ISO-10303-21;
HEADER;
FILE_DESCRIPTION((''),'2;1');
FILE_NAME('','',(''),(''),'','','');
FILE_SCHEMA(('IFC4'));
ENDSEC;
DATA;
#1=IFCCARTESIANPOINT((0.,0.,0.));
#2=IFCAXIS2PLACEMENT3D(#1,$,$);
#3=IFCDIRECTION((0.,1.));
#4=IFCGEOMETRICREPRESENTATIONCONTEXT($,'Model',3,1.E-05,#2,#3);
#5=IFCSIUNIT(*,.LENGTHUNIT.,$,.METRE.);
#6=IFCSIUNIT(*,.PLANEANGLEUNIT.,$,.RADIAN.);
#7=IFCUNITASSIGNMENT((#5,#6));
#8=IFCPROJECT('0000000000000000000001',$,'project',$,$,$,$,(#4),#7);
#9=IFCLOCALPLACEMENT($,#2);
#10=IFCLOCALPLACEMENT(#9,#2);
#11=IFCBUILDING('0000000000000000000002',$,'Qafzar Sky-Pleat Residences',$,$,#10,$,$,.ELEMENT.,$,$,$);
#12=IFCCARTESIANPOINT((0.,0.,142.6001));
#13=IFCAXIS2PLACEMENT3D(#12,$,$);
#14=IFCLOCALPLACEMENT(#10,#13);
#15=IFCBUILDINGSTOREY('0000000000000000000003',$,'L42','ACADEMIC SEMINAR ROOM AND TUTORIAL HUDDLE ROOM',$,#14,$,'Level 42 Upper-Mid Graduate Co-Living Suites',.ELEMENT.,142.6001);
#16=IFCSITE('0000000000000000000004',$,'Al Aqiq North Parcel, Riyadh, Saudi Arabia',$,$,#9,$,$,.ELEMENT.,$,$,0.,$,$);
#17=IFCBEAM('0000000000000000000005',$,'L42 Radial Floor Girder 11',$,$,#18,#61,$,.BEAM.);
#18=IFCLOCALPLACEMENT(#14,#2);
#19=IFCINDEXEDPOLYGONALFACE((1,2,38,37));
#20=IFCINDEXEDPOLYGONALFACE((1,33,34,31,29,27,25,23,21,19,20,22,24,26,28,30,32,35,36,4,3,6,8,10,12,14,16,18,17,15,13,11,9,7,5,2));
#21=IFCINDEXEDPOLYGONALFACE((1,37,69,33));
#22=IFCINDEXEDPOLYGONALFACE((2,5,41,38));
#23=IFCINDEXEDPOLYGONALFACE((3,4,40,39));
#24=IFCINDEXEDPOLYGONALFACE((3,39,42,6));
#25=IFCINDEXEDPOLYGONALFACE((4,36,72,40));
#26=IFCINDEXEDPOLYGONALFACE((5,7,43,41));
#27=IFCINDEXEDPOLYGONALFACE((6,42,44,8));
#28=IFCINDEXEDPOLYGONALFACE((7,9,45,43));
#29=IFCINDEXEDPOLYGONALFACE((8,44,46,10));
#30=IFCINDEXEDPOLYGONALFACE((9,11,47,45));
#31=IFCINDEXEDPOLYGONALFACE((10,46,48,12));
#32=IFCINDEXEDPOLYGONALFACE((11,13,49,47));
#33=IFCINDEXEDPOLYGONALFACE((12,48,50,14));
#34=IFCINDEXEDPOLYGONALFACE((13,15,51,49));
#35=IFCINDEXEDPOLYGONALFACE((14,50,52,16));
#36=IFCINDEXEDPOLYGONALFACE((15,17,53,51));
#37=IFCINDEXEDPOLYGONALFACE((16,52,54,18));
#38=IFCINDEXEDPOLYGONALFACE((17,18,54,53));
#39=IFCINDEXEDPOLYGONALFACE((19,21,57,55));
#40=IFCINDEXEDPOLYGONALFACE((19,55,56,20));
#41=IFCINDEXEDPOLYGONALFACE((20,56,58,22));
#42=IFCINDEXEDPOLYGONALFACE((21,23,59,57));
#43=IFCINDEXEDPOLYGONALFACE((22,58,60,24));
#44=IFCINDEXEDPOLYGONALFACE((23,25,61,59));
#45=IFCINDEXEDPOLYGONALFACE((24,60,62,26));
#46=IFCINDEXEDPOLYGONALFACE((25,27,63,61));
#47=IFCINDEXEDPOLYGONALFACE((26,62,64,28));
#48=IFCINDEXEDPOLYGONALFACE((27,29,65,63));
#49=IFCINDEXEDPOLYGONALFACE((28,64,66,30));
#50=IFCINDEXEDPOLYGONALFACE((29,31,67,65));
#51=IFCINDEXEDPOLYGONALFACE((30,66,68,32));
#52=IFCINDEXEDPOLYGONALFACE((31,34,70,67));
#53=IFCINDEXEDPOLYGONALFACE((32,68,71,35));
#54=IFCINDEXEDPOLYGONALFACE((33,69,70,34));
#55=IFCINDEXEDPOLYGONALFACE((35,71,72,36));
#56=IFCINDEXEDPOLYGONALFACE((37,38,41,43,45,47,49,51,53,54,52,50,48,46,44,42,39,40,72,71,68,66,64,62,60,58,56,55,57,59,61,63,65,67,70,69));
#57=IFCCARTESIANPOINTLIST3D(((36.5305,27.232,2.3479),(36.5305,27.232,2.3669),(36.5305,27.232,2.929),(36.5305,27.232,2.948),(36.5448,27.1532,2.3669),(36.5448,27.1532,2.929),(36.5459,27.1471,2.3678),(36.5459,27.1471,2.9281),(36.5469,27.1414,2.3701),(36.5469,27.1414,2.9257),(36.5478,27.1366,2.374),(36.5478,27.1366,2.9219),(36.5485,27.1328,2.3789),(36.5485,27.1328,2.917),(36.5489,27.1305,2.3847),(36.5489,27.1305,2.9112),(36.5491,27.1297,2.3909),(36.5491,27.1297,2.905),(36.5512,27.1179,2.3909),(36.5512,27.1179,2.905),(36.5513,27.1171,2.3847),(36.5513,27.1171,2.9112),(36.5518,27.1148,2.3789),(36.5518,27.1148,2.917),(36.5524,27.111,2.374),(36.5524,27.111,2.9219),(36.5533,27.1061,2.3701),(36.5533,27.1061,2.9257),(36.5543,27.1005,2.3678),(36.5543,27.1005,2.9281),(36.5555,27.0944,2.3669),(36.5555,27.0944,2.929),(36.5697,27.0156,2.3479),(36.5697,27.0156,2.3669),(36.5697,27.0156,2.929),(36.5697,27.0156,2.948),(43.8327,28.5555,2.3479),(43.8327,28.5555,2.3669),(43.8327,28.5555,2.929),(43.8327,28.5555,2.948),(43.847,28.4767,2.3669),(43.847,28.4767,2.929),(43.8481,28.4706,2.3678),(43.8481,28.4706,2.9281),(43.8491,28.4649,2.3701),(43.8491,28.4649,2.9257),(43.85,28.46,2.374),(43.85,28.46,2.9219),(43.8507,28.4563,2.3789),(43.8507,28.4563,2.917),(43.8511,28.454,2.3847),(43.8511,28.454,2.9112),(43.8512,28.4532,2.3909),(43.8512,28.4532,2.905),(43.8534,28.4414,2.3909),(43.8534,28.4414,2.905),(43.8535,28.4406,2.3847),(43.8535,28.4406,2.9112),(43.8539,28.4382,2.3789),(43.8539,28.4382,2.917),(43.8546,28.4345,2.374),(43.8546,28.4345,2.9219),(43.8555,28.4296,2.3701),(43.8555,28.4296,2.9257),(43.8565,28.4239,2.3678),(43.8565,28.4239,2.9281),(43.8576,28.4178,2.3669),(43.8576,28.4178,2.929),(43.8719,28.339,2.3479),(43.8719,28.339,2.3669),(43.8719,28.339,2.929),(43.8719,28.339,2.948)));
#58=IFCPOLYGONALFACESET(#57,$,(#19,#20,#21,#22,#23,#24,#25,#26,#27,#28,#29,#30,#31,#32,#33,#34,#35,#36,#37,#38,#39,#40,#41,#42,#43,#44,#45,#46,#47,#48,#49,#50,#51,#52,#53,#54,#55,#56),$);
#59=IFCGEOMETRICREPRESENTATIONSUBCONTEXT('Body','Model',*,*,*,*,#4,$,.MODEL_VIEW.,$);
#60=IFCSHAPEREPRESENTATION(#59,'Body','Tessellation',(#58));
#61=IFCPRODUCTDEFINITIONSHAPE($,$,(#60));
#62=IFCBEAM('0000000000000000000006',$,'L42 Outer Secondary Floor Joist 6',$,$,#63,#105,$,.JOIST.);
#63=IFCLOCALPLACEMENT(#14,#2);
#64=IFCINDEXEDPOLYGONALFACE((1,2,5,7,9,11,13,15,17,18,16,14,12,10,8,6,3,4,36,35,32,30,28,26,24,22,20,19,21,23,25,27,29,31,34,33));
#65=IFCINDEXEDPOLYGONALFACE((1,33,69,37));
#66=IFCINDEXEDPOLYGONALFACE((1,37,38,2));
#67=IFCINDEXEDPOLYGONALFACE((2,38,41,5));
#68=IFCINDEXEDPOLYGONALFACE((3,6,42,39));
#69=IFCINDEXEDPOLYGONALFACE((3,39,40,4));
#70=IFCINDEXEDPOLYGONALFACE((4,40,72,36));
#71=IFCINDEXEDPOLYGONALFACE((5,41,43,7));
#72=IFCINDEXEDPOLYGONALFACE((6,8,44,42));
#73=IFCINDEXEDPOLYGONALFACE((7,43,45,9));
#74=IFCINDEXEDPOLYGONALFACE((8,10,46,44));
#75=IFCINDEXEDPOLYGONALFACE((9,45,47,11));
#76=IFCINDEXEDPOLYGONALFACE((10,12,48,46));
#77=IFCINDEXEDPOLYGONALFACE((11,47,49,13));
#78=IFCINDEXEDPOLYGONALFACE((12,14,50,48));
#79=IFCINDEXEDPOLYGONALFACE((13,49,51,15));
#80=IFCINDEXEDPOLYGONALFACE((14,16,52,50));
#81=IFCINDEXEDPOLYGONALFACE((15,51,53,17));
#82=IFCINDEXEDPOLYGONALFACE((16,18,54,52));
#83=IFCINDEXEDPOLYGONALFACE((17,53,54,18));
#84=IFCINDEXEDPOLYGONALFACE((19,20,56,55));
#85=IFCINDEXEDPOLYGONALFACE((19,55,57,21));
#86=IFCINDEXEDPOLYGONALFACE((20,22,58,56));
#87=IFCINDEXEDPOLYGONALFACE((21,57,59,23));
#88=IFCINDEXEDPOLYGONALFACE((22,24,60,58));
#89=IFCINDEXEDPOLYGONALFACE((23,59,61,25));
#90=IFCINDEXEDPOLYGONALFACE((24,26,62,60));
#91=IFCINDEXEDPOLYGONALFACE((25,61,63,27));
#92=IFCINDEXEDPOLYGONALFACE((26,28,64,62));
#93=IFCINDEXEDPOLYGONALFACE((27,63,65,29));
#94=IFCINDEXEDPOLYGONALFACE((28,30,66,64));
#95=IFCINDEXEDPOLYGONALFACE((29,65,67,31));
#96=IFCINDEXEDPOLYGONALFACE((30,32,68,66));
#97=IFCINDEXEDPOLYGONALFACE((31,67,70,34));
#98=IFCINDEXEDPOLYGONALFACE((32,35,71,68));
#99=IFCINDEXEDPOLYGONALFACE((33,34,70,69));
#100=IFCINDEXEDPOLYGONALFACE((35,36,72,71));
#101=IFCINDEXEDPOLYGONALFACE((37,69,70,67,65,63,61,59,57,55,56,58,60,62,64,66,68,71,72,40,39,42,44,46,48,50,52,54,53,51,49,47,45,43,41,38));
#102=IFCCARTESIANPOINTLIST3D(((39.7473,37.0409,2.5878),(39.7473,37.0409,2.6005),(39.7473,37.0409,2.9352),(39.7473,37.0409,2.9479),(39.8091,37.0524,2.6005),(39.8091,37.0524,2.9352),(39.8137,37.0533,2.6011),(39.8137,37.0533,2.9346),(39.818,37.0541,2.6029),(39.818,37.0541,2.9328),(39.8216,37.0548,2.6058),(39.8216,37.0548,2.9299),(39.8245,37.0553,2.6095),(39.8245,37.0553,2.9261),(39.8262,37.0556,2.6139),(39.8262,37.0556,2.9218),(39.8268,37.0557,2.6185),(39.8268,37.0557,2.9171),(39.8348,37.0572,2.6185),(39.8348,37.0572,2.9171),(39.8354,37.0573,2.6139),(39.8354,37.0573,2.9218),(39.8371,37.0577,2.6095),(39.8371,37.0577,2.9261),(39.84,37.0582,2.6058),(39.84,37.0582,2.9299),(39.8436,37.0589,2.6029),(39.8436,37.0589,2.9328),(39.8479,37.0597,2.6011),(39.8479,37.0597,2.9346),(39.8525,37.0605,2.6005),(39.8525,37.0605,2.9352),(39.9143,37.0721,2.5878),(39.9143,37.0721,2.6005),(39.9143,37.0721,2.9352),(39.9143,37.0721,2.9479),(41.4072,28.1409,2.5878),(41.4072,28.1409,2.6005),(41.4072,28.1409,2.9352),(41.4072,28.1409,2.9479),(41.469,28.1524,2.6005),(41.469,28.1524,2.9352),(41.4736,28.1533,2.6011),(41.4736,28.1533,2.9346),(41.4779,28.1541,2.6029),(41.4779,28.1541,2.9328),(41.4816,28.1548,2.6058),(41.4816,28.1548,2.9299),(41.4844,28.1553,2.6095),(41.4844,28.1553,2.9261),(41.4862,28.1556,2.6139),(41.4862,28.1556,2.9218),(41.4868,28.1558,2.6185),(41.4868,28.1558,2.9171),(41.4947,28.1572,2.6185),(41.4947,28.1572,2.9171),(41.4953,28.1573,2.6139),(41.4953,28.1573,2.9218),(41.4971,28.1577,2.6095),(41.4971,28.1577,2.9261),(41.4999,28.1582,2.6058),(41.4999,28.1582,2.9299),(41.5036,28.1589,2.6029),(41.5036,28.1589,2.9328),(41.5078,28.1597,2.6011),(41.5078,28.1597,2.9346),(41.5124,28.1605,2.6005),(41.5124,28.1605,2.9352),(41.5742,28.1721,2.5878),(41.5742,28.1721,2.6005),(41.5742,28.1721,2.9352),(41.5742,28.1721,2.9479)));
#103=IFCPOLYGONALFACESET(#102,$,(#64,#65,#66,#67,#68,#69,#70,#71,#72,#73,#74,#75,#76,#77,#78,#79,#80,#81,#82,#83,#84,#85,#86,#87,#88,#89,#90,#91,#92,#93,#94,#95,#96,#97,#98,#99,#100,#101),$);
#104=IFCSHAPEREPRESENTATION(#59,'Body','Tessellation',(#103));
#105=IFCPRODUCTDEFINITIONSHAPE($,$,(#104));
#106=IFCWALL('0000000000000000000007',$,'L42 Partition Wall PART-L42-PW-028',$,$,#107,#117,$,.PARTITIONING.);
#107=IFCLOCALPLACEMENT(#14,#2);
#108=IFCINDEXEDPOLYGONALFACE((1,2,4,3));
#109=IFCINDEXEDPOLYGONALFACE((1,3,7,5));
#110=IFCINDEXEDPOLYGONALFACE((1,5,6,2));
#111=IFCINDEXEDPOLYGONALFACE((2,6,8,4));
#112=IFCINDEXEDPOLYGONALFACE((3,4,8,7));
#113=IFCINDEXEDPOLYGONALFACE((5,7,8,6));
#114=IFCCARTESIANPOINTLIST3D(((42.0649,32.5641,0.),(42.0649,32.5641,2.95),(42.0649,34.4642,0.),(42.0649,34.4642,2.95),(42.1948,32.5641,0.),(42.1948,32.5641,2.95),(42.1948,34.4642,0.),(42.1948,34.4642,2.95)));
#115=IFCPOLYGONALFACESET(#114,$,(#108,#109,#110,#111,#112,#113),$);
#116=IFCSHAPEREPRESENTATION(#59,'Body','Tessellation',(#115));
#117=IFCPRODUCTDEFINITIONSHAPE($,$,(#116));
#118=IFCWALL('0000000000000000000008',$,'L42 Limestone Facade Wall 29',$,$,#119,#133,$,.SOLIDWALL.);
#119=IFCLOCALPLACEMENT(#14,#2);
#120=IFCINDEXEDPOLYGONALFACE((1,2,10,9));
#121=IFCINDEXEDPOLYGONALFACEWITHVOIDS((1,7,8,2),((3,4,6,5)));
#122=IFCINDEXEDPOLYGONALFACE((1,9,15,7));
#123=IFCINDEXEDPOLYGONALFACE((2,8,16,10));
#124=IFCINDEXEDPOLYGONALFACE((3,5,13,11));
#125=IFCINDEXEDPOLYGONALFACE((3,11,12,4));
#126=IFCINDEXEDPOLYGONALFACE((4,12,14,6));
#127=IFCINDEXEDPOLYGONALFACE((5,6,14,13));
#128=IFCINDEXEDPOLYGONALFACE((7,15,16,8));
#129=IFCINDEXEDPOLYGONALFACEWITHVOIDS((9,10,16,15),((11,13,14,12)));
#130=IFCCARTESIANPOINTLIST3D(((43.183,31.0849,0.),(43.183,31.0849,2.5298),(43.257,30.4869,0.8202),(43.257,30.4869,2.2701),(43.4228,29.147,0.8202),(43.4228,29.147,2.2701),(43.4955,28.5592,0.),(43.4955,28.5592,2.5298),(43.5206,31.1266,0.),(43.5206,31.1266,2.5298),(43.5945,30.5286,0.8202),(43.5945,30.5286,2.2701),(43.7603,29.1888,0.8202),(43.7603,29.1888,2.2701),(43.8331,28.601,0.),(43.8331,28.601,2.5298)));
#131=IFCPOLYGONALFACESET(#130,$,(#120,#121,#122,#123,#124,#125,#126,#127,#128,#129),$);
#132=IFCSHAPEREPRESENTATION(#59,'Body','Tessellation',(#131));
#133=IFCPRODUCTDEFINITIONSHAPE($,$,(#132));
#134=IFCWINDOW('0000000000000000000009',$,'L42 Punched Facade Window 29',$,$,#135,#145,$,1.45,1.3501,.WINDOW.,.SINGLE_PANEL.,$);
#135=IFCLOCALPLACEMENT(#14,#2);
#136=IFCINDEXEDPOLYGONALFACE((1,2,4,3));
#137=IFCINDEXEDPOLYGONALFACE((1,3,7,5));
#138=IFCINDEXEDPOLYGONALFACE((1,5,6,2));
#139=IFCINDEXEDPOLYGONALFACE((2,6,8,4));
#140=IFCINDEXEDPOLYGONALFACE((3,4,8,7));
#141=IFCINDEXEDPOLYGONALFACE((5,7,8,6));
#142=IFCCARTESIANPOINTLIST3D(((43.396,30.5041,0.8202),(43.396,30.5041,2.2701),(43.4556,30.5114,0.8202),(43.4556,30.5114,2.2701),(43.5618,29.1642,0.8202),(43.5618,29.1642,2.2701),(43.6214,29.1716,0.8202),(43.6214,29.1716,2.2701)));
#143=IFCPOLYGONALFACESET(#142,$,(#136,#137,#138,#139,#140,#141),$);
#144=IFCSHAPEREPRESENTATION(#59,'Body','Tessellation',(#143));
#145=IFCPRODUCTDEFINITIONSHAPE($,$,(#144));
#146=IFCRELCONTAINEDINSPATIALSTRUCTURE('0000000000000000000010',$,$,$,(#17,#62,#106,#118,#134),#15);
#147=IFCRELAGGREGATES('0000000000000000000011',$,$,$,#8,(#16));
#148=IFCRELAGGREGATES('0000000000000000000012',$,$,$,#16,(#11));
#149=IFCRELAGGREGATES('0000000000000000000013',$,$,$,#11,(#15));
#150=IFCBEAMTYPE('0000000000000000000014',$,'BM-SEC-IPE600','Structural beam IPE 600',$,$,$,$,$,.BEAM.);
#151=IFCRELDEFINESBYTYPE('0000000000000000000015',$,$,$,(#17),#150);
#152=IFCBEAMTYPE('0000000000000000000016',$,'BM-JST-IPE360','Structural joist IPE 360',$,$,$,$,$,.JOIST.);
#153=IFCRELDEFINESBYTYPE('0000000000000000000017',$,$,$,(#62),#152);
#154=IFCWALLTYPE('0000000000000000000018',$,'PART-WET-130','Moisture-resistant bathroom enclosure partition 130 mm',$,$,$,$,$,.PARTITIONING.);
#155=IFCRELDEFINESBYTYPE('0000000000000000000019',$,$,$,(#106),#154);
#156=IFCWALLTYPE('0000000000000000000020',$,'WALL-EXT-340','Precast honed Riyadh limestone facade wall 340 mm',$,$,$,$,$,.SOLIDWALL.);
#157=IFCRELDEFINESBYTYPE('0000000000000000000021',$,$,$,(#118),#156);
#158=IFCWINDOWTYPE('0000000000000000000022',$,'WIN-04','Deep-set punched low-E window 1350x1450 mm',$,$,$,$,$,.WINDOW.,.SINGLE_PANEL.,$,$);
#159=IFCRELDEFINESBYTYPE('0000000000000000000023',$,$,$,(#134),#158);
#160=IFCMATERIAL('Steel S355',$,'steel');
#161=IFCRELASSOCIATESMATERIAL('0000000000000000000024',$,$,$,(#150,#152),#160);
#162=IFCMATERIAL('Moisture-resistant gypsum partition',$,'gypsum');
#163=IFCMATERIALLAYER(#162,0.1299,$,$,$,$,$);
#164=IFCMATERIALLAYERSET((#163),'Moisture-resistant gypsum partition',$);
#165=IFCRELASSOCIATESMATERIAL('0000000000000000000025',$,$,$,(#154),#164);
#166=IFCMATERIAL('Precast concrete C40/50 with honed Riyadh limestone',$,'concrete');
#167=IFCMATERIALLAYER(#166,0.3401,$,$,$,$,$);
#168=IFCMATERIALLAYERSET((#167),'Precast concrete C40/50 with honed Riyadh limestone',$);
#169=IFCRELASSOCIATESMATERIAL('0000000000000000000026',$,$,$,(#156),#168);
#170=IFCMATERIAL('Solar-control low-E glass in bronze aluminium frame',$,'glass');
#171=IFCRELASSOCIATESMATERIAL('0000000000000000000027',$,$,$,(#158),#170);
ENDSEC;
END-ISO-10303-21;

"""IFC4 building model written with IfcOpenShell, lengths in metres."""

from ifc_helpers import new_model, si_unit, direction, frame, frame_2d, origin, origin_2d, place, context, subcontext, project, spatial, rectangle, i_section, extrude, source, transform, mapped, material, layer, layer_set, material_profile, profile_set, type_object, element, fill, save


model = new_model("IFC4")

# Units and contexts
model_context = context("Model", 3, precision=1e-05, world=origin(), true_north=direction((0.0, 1.0)))
body_context = subcontext(model_context, "Body", "Model", "MODEL_VIEW")
ifc_project = project(units=[si_unit("LENGTHUNIT", "METRE"), si_unit("PLANEANGLEUNIT", "RADIAN")], contexts=[model_context])

# Site, building, storey
site_placement = place(None, origin())
site = spatial("IfcSite", under=ifc_project, at=site_placement, Name="Al Aqiq North Parcel, Riyadh, Saudi Arabia", CompositionType="ELEMENT", RefElevation=0.0)
building_placement = place(site_placement, origin())
building = spatial("IfcBuilding", under=site, at=building_placement, Name="Qafzar Sky-Pleat Residences", CompositionType="ELEMENT")
storey_placement = place(building_placement, frame((0.0, 0.0, 142.6001)))
storey = spatial("IfcBuildingStorey", under=building, at=storey_placement, Name="L42", Description="ACADEMIC SEMINAR ROOM AND TUTORIAL HUDDLE ROOM", LongName="Level 42 Upper-Mid Graduate Co-Living Suites", CompositionType="ELEMENT", Elevation=142.6001)

# Shared definitions
ifc_material_1 = material(Name="Steel S355", Category="steel")

# Beams
ifc_material_profile_1 = material_profile(ifc_material_1, i_section(OverallWidth=0.22, OverallDepth=0.6001, WebThickness=0.012, FlangeThickness=0.019, FilletRadius=0.0239, at=origin_2d()), Name="IPE 600")
ifc_profile_set_1 = profile_set([ifc_material_profile_1], Name="Steel S355")
beam_type_1 = type_object("IfcBeamType", Name="BM-SEC-IPE600", Description="Structural beam IPE 600", PredefinedType="BEAM", material=ifc_profile_set_1)
shared_shape_1 = source(origin(), body_context, "Body", "SweptSolid", [
    extrude(i_section(OverallWidth=0.22, OverallDepth=0.6001, WebThickness=0.012, FlangeThickness=0.019, FilletRadius=0.0239, at=origin_2d()), origin(), (0.0, 0.0, 1.0), 7.4211),
])
beam_1_placement = place(storey_placement, frame((43.8523, 28.4473, 2.6479), z_axis=(-0.983969, -0.178338, 0.0), x_axis=(0.178338, -0.983969, 0.0)))
element("IfcBeam", 1, at=beam_1_placement, inside=storey, type_object=beam_type_1, Name="L42 Radial Floor Girder 11", PredefinedType="BEAM", context=body_context, shape_type="MappedRepresentation", body=[
    mapped(shared_shape_1, transform((0.0, 0.0, 0.0), x_axis=(1.0, 0.0, 0.0), y_axis=(0.0, 1.0, 0.0), z_axis=(0.0, 0.0, 1.0), scale=1.0)),
])
ifc_material_profile_2 = material_profile(ifc_material_1, i_section(OverallWidth=0.1699, OverallDepth=0.3601, WebThickness=0.0081, FlangeThickness=0.0127, FilletRadius=0.0181, at=origin_2d()), Name="IPE 360")
ifc_profile_set_2 = profile_set([ifc_material_profile_2], Name="Steel S355")
beam_type_2 = type_object("IfcBeamType", Name="BM-JST-IPE360", Description="Structural joist IPE 360", PredefinedType="JOIST", material=ifc_profile_set_2)
shared_shape_2 = source(origin(), body_context, "Body", "SweptSolid", [
    extrude(i_section(OverallWidth=0.1699, OverallDepth=0.3601, WebThickness=0.0081, FlangeThickness=0.0127, FilletRadius=0.0181, at=origin_2d()), origin(), (0.0, 0.0, 1.0), 9.0535),
])
beam_2_placement = place(storey_placement, frame((41.4907, 28.1565, 2.7678), z_axis=(-0.183347, 0.983048, 0.0), x_axis=(-0.983048, -0.183347, 0.0)))
element("IfcBeam", 2, at=beam_2_placement, inside=storey, type_object=beam_type_2, Name="L42 Outer Secondary Floor Joist 6", PredefinedType="JOIST", context=body_context, shape_type="MappedRepresentation", body=[
    mapped(shared_shape_2, transform((0.0, 0.0, 0.0), x_axis=(1.0, 0.0, 0.0), y_axis=(0.0, 1.0, 0.0), z_axis=(0.0, 0.0, 1.0), scale=1.0)),
])

# Wall
ifc_material_2 = material(Name="Moisture-resistant gypsum partition", Category="gypsum")
ifc_layer_1 = layer(ifc_material_2, 0.1299)
ifc_layer_set_1 = layer_set([ifc_layer_1], Name="Moisture-resistant gypsum partition")
wall_type_1 = type_object("IfcWallType", Name="PART-WET-130", Description="Moisture-resistant bathroom enclosure partition 130 mm", PredefinedType="PARTITIONING", material=ifc_layer_set_1)
wall_1_placement = place(storey_placement, frame((42.1299, 32.564, 0.0), z_axis=(0.0, 0.0, 1.0), x_axis=(0.0, 1.0, 0.0)))
element("IfcWall", 3, at=wall_1_placement, inside=storey, type_object=wall_type_1, Name="L42 Partition Wall PART-L42-PW-028", PredefinedType="PARTITIONING", context=body_context, shape_type="SweptSolid", body=[
    extrude(rectangle(XDim=1.9001, YDim=0.1299, at=frame_2d((0.9502, 0.0))), origin(), (0.0, 0.0, 1.0), 2.95),
])

# Wall, opening, window
ifc_material_3 = material(Name="Precast concrete C40/50 with honed Riyadh limestone", Category="concrete")
ifc_layer_2 = layer(ifc_material_3, 0.3401)
ifc_layer_set_2 = layer_set([ifc_layer_2], Name="Precast concrete C40/50 with honed Riyadh limestone")
wall_type_2 = type_object("IfcWallType", Name="WALL-EXT-340", Description="Precast honed Riyadh limestone facade wall 340 mm", PredefinedType="SOLIDWALL", material=ifc_layer_set_2)
wall_2_placement = place(storey_placement, frame((43.6643, 28.5801, 0.0), z_axis=(0.0, 0.0, 1.0), x_axis=(-0.122795, 0.992432, 0.0)))
wall_2 = element("IfcWall", 4, at=wall_2_placement, inside=storey, type_object=wall_type_2, Name="L42 Limestone Facade Wall 29", PredefinedType="SOLIDWALL", context=body_context, shape_type="SweptSolid", body=[
    extrude(rectangle(XDim=2.5449, YDim=0.3401, at=frame_2d((1.2725, 0.0))), origin(), (0.0, 0.0, 1.0), 2.5298),
])
opening_1_placement = place(wall_2_placement, frame((0.5923, 0.0, 0.8201)))
opening_1 = element("IfcOpeningElement", 5, at=opening_1_placement, cuts=wall_2, PredefinedType="OPENING", context=body_context, shape_type="SweptSolid", body=[
    extrude(rectangle(XDim=1.3501, YDim=1.45, at=frame_2d((0.675, 0.7251))), frame((0.0, 0.1802, 0.0), z_axis=(0.0, -1.0, 0.0), x_axis=(1.0, 0.0, 0.0)), (0.0, 0.0, 1.0), 0.3601),
])
ifc_material_4 = material(Name="Solar-control low-E glass in bronze aluminium frame", Category="glass")
window_type_1 = type_object("IfcWindowType", Name="WIN-04", Description="Deep-set punched low-E window 1350x1450 mm", PartitioningType="SINGLE_PANEL", PredefinedType="WINDOW", material=ifc_material_4)
shared_shape_3 = source(origin(), body_context, "Body", "SweptSolid", [
    extrude(rectangle(XDim=1.3501, YDim=1.45, at=frame_2d((0.675, 0.7251))), frame((0.0, 0.03, 0.0), z_axis=(0.0, -1.0, 0.0), x_axis=(1.0, 0.0, 0.0)), (0.0, 0.0, 1.0), 0.0601),
])
window_1_placement = place(opening_1_placement, origin())
window_1 = element("IfcWindow", 6, at=window_1_placement, inside=storey, type_object=window_type_1, Name="L42 Punched Facade Window 29", OverallHeight=1.45, OverallWidth=1.3501, PartitioningType="SINGLE_PANEL", PredefinedType="WINDOW", context=body_context, shape_type="MappedRepresentation", body=[
    mapped(shared_shape_3, transform((0.0, 0.0, 0.0), x_axis=(1.0, 0.0, 0.0), y_axis=(0.0, 1.0, 0.0), z_axis=(0.0, 0.0, 1.0), scale=1.0)),
])
fill(opening_1, window_1)

save(model, "model.ifc")
